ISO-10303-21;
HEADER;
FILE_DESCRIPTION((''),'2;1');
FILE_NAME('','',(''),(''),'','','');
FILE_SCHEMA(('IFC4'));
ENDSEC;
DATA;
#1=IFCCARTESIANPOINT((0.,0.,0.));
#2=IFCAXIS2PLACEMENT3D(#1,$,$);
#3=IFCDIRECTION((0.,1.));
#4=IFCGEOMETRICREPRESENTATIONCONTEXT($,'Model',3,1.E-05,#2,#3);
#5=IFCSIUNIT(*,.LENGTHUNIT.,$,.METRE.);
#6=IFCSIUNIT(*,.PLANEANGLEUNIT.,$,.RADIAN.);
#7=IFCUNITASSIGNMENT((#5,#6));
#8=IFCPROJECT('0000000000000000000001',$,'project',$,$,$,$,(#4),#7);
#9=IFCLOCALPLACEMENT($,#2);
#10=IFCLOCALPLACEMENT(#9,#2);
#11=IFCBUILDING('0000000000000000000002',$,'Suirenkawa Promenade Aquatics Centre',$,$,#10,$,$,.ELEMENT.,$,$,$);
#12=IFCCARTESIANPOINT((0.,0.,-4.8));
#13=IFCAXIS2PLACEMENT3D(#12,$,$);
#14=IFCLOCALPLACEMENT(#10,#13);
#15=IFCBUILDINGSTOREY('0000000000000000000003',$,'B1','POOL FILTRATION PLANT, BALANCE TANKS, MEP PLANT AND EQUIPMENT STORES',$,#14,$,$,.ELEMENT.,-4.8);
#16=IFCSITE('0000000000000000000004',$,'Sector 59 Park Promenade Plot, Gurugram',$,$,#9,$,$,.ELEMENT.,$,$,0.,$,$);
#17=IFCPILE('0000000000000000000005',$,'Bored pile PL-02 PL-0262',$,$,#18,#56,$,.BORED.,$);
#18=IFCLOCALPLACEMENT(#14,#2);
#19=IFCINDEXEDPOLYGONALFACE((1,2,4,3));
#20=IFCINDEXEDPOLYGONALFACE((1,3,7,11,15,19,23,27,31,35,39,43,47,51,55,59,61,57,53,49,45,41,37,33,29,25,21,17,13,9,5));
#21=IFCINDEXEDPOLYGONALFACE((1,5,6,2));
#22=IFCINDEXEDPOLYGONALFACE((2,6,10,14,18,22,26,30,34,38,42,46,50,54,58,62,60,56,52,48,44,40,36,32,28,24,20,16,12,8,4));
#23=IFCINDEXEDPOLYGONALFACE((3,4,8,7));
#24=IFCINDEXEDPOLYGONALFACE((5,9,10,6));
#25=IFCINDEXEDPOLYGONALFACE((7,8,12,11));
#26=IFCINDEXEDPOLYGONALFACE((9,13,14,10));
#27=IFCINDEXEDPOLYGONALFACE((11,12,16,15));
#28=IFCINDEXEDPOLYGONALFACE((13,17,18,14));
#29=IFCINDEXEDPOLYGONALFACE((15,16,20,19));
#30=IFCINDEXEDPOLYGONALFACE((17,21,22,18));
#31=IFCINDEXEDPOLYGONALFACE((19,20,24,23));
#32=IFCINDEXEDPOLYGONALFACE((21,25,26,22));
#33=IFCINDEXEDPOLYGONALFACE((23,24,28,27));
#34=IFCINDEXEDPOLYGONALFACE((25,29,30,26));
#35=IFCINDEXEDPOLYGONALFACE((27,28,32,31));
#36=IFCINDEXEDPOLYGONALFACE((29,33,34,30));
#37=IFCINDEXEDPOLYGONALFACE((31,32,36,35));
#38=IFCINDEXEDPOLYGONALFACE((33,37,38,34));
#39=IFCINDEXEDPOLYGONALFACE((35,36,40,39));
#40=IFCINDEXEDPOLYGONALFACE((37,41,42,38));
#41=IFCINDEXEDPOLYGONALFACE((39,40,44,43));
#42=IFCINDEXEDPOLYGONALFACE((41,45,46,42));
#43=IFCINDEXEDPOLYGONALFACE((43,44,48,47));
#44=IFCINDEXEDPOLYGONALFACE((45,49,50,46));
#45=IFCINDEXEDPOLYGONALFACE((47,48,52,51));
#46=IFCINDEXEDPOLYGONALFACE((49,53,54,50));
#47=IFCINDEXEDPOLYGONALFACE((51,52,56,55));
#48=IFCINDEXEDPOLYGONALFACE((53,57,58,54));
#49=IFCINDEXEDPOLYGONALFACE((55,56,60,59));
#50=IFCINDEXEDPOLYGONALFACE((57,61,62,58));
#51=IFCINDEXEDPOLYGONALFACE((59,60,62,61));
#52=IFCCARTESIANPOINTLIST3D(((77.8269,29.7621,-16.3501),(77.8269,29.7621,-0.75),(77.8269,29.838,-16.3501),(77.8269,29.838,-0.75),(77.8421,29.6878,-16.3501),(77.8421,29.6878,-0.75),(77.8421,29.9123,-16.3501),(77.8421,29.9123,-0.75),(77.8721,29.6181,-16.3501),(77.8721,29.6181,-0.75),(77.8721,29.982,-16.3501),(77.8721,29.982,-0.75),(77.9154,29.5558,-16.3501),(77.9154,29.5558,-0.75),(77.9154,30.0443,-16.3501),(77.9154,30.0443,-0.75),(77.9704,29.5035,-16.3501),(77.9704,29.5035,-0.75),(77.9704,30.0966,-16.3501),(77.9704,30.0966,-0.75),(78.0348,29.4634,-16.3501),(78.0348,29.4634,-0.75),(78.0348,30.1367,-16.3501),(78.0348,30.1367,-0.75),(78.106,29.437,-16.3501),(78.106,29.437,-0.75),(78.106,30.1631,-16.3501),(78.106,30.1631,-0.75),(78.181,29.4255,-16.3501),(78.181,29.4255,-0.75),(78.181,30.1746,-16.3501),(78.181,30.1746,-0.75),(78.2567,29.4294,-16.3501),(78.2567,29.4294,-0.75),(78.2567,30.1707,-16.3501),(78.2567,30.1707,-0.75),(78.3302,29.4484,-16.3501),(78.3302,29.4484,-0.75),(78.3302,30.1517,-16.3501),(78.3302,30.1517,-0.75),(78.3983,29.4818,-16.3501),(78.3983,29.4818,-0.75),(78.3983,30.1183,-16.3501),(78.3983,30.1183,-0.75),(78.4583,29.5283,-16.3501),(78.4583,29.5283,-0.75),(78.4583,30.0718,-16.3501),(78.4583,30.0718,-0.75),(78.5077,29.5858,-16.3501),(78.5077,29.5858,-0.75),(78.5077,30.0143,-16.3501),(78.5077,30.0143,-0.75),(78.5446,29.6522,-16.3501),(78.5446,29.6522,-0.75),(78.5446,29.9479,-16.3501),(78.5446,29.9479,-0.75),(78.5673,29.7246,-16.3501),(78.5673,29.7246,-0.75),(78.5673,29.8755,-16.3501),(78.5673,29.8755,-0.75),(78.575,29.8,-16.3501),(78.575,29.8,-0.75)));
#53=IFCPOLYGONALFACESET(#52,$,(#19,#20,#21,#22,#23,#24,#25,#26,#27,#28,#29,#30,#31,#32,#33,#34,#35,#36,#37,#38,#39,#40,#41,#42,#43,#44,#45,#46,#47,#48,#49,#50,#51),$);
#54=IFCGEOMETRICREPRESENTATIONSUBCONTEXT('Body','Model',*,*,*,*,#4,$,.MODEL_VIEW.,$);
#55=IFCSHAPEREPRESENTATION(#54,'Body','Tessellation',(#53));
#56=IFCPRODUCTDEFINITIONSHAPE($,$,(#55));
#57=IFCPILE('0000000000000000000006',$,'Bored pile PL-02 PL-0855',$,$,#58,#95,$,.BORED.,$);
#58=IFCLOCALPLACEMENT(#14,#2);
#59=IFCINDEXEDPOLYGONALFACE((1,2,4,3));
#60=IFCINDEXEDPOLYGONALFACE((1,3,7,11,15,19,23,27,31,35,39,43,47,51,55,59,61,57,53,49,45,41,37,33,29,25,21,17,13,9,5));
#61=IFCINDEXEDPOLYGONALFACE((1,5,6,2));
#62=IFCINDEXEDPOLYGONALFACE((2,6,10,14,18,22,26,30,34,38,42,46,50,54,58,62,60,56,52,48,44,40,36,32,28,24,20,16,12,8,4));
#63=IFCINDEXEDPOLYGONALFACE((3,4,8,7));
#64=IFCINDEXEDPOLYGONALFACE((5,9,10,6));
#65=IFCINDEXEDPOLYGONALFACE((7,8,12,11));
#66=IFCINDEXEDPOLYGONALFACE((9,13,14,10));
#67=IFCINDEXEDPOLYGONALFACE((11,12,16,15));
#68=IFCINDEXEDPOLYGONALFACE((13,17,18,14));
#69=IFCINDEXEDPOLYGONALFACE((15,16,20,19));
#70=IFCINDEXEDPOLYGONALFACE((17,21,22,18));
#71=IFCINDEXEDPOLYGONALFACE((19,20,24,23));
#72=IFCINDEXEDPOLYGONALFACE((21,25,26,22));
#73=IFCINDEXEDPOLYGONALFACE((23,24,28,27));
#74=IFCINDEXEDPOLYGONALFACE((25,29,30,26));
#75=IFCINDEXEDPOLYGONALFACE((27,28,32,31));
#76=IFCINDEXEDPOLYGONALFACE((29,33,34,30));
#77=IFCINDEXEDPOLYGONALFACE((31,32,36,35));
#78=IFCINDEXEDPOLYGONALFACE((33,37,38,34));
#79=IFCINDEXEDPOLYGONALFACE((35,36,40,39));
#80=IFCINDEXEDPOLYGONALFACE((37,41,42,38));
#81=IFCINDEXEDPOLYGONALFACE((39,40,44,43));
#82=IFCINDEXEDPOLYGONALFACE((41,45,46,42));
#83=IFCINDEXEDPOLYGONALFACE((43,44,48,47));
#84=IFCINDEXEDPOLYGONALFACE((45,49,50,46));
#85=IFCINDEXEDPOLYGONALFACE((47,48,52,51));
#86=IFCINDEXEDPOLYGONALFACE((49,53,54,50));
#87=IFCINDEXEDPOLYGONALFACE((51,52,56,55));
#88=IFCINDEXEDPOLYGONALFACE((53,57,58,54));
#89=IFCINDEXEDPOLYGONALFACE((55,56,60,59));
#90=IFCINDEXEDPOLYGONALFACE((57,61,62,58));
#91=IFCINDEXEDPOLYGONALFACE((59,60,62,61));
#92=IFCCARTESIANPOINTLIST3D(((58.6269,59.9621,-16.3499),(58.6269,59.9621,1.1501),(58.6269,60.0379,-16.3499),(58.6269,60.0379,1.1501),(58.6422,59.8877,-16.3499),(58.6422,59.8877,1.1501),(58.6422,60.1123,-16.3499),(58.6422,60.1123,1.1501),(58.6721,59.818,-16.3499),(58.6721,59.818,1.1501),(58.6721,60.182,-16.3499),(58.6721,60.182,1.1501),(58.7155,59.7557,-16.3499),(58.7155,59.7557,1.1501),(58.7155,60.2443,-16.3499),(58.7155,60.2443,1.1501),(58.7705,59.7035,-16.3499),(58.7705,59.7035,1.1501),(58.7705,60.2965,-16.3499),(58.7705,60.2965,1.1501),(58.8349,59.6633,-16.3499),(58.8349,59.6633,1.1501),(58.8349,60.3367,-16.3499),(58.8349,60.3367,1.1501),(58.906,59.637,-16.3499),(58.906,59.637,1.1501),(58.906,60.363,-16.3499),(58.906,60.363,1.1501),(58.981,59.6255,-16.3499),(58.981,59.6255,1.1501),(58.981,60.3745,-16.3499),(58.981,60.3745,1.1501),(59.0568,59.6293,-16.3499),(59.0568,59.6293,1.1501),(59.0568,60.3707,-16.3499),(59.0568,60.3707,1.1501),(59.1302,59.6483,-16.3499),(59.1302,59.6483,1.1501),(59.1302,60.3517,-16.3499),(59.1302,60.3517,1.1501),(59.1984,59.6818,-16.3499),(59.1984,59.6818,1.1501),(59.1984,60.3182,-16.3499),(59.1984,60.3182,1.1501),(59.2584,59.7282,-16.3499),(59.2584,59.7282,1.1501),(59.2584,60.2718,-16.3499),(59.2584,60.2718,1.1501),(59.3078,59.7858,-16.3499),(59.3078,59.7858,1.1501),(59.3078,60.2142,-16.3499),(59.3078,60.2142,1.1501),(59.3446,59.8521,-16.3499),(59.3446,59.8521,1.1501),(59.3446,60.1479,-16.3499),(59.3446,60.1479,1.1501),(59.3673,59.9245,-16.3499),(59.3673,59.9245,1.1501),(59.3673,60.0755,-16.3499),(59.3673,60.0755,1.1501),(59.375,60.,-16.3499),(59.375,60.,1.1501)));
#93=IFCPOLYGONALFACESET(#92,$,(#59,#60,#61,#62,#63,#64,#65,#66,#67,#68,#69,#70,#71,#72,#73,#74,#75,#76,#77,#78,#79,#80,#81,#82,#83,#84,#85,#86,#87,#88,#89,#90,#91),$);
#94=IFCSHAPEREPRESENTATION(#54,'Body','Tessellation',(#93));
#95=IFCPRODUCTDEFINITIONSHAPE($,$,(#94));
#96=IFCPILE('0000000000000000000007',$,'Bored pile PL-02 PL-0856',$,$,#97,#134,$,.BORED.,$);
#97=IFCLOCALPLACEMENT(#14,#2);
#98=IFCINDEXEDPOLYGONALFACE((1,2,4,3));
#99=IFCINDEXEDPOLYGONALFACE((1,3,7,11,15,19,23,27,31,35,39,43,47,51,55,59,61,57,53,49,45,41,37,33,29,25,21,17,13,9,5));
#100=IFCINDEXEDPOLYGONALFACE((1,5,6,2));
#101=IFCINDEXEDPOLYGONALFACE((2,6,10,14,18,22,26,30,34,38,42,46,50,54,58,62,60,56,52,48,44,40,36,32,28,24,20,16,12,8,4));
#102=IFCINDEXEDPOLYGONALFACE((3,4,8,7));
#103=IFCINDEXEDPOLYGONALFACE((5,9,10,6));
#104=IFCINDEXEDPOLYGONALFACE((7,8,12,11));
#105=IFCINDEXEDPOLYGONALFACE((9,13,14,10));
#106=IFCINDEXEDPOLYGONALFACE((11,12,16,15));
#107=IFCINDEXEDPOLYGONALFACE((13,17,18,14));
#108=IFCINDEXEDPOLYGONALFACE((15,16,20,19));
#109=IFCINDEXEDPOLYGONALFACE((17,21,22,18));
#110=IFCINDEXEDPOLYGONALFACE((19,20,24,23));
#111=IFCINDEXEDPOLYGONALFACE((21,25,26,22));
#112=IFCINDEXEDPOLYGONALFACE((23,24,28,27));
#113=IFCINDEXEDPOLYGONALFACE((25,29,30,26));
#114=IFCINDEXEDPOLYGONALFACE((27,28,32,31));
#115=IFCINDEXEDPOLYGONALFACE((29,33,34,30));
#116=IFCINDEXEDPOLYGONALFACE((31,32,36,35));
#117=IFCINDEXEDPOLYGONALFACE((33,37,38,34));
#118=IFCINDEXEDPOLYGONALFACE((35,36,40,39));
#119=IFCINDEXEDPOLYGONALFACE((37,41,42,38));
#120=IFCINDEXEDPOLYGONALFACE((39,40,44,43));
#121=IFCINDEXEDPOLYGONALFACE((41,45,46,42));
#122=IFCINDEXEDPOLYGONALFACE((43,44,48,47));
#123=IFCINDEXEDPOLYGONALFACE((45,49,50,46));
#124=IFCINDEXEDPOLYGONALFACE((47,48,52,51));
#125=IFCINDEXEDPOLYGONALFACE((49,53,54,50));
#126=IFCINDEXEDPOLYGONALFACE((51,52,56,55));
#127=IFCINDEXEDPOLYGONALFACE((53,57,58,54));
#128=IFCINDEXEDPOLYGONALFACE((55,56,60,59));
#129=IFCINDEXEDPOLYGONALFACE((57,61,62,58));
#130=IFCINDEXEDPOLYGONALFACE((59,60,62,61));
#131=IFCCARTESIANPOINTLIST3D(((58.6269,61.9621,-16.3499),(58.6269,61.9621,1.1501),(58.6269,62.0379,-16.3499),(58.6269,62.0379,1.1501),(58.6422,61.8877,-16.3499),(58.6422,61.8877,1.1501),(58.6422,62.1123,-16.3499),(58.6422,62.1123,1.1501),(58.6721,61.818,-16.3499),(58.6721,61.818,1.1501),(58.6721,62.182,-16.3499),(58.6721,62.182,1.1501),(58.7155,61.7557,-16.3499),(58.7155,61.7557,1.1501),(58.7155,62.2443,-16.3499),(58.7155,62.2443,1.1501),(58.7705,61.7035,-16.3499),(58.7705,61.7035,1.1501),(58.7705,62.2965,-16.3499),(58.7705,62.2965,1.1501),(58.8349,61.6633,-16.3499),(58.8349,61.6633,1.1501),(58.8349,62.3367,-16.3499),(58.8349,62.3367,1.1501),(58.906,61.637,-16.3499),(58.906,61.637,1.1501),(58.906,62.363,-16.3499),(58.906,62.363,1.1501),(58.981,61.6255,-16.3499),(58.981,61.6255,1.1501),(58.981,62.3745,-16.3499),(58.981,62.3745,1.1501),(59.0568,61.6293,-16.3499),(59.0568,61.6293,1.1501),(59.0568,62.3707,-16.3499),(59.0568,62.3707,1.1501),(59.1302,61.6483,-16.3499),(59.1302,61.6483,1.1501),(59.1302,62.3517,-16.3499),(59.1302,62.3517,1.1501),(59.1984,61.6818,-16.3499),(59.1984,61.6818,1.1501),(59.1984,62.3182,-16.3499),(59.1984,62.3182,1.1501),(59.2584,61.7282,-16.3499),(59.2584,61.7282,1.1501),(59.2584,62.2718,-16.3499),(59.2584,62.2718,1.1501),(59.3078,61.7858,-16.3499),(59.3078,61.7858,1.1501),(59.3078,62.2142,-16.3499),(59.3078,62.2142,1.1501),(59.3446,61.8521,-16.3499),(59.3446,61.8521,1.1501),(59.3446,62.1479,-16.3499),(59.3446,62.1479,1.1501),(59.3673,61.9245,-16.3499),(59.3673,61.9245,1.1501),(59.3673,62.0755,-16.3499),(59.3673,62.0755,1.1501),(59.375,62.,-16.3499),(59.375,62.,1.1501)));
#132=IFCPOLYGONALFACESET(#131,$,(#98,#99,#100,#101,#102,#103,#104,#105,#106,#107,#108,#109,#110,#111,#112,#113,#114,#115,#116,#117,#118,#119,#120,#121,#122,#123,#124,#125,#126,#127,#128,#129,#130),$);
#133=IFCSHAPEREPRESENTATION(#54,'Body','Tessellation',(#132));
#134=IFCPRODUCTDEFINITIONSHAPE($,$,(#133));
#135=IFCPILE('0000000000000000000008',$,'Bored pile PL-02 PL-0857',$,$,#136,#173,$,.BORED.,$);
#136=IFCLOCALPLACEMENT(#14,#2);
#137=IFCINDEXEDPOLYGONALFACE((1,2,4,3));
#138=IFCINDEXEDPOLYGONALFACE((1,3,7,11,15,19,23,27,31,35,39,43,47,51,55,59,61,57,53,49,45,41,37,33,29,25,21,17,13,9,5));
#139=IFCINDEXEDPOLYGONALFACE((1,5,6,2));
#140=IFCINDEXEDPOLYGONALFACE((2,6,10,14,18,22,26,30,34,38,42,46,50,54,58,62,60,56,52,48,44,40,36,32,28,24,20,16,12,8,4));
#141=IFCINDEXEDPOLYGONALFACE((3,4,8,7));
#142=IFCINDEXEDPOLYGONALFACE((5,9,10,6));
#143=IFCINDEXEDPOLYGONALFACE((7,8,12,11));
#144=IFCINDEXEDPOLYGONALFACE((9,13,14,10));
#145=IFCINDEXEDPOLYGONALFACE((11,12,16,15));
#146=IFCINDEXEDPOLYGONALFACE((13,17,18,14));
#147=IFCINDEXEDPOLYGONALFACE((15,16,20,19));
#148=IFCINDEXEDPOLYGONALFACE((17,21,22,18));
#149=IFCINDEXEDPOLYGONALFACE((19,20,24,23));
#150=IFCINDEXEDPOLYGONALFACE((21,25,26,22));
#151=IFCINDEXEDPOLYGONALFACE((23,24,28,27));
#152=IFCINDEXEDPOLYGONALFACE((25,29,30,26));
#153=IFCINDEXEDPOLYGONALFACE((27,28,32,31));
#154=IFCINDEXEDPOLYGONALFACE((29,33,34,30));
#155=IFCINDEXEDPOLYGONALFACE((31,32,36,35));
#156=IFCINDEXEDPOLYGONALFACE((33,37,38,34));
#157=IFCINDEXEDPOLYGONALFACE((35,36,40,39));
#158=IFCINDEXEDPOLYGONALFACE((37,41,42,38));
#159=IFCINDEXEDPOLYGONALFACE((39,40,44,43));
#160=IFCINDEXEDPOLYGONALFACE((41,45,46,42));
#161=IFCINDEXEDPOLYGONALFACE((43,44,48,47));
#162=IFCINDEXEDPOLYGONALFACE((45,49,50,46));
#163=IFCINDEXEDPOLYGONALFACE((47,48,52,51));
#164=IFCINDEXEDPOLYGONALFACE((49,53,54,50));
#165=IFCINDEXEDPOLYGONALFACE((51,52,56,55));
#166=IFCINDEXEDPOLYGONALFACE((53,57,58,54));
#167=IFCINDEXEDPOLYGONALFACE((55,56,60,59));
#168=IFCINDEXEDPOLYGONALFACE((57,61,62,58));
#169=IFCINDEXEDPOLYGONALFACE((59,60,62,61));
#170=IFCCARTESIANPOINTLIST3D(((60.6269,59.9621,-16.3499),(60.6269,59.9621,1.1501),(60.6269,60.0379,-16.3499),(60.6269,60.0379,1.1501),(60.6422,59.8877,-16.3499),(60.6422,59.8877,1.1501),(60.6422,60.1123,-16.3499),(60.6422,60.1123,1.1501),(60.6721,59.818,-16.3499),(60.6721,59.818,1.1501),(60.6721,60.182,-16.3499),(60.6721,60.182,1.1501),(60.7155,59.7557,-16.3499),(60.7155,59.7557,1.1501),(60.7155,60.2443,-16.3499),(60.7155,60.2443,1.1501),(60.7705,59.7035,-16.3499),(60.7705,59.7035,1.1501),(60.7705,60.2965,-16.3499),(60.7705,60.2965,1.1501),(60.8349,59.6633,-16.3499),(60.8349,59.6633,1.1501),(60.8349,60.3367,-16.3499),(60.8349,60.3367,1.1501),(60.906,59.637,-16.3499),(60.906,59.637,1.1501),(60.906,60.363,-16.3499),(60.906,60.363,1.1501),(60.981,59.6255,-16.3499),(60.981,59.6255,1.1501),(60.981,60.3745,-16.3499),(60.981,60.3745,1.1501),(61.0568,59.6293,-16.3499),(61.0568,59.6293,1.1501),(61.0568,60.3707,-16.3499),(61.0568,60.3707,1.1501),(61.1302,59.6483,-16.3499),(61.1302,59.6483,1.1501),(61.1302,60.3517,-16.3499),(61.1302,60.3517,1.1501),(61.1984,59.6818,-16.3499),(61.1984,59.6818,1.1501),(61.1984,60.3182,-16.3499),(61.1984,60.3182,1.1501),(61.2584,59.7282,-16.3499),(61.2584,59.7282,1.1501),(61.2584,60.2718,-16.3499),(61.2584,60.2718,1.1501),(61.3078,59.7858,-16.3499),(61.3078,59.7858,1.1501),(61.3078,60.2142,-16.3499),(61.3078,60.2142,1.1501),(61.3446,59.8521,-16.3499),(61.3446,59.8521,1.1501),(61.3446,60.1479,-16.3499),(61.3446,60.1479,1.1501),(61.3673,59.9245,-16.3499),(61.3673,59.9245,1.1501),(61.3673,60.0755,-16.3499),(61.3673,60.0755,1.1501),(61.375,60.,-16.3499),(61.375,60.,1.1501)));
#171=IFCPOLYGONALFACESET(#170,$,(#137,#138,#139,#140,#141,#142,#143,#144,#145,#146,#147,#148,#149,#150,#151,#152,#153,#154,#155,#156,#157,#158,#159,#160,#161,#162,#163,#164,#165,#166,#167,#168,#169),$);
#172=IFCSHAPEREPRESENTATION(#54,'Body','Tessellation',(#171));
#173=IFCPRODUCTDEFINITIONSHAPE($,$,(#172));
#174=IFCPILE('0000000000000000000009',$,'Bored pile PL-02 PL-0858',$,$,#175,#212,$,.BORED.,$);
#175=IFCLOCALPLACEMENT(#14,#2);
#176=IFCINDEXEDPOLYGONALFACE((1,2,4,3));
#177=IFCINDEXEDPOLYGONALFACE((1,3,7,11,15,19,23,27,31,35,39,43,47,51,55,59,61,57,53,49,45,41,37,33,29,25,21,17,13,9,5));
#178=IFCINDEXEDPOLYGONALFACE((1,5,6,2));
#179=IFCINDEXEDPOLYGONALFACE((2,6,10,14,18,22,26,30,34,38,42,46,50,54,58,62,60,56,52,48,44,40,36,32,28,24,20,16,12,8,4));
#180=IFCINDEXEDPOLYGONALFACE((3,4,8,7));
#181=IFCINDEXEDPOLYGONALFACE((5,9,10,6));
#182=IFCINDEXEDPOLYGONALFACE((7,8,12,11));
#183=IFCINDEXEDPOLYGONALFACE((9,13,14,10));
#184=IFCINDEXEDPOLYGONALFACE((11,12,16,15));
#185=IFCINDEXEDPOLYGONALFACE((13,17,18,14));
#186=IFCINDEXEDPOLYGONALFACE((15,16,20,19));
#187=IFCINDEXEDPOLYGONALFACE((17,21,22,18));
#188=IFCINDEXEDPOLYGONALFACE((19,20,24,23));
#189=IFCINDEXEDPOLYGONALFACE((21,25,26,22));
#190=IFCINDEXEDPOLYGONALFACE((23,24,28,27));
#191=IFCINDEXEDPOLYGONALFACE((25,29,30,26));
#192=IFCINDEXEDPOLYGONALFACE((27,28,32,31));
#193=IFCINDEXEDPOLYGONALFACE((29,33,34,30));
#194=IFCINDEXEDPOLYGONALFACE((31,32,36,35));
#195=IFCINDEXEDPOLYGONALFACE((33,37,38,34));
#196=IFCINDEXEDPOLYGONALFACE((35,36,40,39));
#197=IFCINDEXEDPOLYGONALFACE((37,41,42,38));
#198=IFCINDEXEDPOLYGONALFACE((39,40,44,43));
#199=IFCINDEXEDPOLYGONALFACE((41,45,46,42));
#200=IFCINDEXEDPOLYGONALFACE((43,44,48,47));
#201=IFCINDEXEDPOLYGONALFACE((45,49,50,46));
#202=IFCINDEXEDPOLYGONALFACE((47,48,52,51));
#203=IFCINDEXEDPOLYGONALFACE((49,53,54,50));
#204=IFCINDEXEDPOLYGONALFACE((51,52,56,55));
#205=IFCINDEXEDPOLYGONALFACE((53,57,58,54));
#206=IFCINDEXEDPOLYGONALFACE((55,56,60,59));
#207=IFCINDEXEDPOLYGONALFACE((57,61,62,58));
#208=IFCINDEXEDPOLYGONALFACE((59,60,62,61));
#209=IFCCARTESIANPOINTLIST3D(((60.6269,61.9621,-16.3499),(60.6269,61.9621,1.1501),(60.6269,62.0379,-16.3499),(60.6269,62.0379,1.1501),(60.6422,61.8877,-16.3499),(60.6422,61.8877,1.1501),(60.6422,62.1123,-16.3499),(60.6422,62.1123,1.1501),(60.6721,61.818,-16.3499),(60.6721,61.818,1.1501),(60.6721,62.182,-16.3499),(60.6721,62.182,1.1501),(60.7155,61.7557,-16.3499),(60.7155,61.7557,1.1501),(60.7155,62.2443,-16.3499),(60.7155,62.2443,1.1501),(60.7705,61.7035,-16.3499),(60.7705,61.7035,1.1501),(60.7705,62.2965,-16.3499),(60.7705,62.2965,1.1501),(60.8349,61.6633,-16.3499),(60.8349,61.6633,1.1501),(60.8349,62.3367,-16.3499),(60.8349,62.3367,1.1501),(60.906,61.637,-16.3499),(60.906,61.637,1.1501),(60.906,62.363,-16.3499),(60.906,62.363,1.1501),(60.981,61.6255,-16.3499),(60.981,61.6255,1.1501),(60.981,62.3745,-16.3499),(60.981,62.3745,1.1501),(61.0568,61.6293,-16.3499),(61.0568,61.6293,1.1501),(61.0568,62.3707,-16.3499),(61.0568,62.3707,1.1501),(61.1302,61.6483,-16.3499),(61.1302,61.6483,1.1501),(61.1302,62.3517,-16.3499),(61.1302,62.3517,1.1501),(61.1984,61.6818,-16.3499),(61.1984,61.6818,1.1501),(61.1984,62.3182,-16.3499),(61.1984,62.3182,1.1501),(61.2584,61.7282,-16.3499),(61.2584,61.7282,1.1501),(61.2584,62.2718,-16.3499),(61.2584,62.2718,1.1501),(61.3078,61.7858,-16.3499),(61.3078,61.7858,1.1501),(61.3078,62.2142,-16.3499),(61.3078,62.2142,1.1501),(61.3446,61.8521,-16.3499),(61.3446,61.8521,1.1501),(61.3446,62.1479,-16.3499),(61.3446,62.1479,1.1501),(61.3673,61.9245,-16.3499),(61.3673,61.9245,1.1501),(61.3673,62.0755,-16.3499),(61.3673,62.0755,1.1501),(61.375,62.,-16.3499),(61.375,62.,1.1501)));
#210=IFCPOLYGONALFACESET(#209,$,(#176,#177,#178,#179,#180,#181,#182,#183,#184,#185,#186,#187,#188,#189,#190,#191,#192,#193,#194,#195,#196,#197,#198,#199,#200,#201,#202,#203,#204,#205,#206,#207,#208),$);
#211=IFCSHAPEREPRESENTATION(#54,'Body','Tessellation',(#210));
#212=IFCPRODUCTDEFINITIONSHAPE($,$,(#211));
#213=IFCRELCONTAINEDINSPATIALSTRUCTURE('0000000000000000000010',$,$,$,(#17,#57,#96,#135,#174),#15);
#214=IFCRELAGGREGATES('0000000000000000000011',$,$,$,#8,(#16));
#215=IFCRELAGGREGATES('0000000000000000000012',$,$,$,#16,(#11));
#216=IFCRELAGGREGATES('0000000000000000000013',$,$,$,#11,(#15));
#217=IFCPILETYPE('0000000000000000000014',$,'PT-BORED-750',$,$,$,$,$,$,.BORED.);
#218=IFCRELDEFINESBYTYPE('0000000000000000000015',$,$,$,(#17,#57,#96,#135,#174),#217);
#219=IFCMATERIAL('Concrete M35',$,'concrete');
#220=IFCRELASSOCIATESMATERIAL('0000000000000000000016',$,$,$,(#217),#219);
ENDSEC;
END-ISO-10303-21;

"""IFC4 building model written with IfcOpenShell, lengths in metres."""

from ifc_helpers import new_model, si_unit, direction, frame, origin, origin_2d, place, context, subcontext, project, spatial, circle, extrude, material, material_profile, profile_set, type_object, element, save


model = new_model("IFC4")

# Units and contexts
model_context = context("Model", 3, precision=1e-05, world=origin(), true_north=direction((0.0, 1.0)))
body_context = subcontext(model_context, "Body", "Model", "MODEL_VIEW")
ifc_project = project(units=[si_unit("LENGTHUNIT", "METRE"), si_unit("PLANEANGLEUNIT", "RADIAN")], contexts=[model_context])

# Site, building, storey
site_placement = place(None, origin())
site = spatial("IfcSite", under=ifc_project, at=site_placement, Name="Sector 59 Park Promenade Plot, Gurugram", CompositionType="ELEMENT", RefElevation=0.0)
building_placement = place(site_placement, origin())
building = spatial("IfcBuilding", under=site, at=building_placement, Name="Suirenkawa Promenade Aquatics Centre", CompositionType="ELEMENT")
storey_placement = place(building_placement, frame((0.0, 0.0, -4.8)))
storey = spatial("IfcBuildingStorey", under=building, at=storey_placement, Name="B1", Description="POOL FILTRATION PLANT, BALANCE TANKS, MEP PLANT AND EQUIPMENT STORES", CompositionType="ELEMENT", Elevation=-4.8)

# Shared definitions
ifc_material_1 = material(Name="Concrete M35", Category="concrete")

# Piles
ifc_material_profile_1 = material_profile(ifc_material_1, circle(Radius=0.375, at=origin_2d()), Name="PILE D750", Category="concrete")
ifc_profile_set_1 = profile_set([ifc_material_profile_1], Name="Concrete M35")
pile_type_1 = type_object("IfcPileType", Name="PT-BORED-750", PredefinedType="BORED", material=ifc_profile_set_1)
pile_placement = place(storey_placement, frame((78.2, 29.8, -0.75), z_axis=(0.0, 0.0, -1.0), x_axis=(1.0, 0.0, 0.0)))
element("IfcPile", 1, at=pile_placement, inside=storey, type_object=pile_type_1, Name="Bored pile PL-02 PL-0262", PredefinedType="BORED", context=body_context, shape_type="SweptSolid", body=[
    extrude(circle(Radius=0.375, at=origin_2d()), origin(), (0.0, 0.0, 1.0), 15.6001),
])
for number, where, z_axis, x_axis, name in (
    (2, (59.0, 60.0, 1.1501), (0.0, 0.0, -1.0), (1.0, 0.0, 0.0), "Bored pile PL-02 PL-0855"),
    (3, (59.0, 62.0, 1.1501), (0.0, 0.0, -1.0), (1.0, 0.0, 0.0), "Bored pile PL-02 PL-0856"),
    (4, (61.0, 60.0, 1.1501), (0.0, 0.0, -1.0), (1.0, 0.0, 0.0), "Bored pile PL-02 PL-0857"),
    (5, (61.0, 62.0, 1.1501), (0.0, 0.0, -1.0), (1.0, 0.0, 0.0), "Bored pile PL-02 PL-0858"),
):
    element("IfcPile", number, at=place(storey_placement, frame(where, z_axis=z_axis, x_axis=x_axis)), inside=storey, type_object=pile_type_1, Name=name, PredefinedType="BORED", context=body_context, shape_type="SweptSolid", body=[
        extrude(circle(Radius=0.375, at=origin_2d()), origin(), (0.0, 0.0, 1.0), 17.5),
    ])

save(model, "model.ifc")
